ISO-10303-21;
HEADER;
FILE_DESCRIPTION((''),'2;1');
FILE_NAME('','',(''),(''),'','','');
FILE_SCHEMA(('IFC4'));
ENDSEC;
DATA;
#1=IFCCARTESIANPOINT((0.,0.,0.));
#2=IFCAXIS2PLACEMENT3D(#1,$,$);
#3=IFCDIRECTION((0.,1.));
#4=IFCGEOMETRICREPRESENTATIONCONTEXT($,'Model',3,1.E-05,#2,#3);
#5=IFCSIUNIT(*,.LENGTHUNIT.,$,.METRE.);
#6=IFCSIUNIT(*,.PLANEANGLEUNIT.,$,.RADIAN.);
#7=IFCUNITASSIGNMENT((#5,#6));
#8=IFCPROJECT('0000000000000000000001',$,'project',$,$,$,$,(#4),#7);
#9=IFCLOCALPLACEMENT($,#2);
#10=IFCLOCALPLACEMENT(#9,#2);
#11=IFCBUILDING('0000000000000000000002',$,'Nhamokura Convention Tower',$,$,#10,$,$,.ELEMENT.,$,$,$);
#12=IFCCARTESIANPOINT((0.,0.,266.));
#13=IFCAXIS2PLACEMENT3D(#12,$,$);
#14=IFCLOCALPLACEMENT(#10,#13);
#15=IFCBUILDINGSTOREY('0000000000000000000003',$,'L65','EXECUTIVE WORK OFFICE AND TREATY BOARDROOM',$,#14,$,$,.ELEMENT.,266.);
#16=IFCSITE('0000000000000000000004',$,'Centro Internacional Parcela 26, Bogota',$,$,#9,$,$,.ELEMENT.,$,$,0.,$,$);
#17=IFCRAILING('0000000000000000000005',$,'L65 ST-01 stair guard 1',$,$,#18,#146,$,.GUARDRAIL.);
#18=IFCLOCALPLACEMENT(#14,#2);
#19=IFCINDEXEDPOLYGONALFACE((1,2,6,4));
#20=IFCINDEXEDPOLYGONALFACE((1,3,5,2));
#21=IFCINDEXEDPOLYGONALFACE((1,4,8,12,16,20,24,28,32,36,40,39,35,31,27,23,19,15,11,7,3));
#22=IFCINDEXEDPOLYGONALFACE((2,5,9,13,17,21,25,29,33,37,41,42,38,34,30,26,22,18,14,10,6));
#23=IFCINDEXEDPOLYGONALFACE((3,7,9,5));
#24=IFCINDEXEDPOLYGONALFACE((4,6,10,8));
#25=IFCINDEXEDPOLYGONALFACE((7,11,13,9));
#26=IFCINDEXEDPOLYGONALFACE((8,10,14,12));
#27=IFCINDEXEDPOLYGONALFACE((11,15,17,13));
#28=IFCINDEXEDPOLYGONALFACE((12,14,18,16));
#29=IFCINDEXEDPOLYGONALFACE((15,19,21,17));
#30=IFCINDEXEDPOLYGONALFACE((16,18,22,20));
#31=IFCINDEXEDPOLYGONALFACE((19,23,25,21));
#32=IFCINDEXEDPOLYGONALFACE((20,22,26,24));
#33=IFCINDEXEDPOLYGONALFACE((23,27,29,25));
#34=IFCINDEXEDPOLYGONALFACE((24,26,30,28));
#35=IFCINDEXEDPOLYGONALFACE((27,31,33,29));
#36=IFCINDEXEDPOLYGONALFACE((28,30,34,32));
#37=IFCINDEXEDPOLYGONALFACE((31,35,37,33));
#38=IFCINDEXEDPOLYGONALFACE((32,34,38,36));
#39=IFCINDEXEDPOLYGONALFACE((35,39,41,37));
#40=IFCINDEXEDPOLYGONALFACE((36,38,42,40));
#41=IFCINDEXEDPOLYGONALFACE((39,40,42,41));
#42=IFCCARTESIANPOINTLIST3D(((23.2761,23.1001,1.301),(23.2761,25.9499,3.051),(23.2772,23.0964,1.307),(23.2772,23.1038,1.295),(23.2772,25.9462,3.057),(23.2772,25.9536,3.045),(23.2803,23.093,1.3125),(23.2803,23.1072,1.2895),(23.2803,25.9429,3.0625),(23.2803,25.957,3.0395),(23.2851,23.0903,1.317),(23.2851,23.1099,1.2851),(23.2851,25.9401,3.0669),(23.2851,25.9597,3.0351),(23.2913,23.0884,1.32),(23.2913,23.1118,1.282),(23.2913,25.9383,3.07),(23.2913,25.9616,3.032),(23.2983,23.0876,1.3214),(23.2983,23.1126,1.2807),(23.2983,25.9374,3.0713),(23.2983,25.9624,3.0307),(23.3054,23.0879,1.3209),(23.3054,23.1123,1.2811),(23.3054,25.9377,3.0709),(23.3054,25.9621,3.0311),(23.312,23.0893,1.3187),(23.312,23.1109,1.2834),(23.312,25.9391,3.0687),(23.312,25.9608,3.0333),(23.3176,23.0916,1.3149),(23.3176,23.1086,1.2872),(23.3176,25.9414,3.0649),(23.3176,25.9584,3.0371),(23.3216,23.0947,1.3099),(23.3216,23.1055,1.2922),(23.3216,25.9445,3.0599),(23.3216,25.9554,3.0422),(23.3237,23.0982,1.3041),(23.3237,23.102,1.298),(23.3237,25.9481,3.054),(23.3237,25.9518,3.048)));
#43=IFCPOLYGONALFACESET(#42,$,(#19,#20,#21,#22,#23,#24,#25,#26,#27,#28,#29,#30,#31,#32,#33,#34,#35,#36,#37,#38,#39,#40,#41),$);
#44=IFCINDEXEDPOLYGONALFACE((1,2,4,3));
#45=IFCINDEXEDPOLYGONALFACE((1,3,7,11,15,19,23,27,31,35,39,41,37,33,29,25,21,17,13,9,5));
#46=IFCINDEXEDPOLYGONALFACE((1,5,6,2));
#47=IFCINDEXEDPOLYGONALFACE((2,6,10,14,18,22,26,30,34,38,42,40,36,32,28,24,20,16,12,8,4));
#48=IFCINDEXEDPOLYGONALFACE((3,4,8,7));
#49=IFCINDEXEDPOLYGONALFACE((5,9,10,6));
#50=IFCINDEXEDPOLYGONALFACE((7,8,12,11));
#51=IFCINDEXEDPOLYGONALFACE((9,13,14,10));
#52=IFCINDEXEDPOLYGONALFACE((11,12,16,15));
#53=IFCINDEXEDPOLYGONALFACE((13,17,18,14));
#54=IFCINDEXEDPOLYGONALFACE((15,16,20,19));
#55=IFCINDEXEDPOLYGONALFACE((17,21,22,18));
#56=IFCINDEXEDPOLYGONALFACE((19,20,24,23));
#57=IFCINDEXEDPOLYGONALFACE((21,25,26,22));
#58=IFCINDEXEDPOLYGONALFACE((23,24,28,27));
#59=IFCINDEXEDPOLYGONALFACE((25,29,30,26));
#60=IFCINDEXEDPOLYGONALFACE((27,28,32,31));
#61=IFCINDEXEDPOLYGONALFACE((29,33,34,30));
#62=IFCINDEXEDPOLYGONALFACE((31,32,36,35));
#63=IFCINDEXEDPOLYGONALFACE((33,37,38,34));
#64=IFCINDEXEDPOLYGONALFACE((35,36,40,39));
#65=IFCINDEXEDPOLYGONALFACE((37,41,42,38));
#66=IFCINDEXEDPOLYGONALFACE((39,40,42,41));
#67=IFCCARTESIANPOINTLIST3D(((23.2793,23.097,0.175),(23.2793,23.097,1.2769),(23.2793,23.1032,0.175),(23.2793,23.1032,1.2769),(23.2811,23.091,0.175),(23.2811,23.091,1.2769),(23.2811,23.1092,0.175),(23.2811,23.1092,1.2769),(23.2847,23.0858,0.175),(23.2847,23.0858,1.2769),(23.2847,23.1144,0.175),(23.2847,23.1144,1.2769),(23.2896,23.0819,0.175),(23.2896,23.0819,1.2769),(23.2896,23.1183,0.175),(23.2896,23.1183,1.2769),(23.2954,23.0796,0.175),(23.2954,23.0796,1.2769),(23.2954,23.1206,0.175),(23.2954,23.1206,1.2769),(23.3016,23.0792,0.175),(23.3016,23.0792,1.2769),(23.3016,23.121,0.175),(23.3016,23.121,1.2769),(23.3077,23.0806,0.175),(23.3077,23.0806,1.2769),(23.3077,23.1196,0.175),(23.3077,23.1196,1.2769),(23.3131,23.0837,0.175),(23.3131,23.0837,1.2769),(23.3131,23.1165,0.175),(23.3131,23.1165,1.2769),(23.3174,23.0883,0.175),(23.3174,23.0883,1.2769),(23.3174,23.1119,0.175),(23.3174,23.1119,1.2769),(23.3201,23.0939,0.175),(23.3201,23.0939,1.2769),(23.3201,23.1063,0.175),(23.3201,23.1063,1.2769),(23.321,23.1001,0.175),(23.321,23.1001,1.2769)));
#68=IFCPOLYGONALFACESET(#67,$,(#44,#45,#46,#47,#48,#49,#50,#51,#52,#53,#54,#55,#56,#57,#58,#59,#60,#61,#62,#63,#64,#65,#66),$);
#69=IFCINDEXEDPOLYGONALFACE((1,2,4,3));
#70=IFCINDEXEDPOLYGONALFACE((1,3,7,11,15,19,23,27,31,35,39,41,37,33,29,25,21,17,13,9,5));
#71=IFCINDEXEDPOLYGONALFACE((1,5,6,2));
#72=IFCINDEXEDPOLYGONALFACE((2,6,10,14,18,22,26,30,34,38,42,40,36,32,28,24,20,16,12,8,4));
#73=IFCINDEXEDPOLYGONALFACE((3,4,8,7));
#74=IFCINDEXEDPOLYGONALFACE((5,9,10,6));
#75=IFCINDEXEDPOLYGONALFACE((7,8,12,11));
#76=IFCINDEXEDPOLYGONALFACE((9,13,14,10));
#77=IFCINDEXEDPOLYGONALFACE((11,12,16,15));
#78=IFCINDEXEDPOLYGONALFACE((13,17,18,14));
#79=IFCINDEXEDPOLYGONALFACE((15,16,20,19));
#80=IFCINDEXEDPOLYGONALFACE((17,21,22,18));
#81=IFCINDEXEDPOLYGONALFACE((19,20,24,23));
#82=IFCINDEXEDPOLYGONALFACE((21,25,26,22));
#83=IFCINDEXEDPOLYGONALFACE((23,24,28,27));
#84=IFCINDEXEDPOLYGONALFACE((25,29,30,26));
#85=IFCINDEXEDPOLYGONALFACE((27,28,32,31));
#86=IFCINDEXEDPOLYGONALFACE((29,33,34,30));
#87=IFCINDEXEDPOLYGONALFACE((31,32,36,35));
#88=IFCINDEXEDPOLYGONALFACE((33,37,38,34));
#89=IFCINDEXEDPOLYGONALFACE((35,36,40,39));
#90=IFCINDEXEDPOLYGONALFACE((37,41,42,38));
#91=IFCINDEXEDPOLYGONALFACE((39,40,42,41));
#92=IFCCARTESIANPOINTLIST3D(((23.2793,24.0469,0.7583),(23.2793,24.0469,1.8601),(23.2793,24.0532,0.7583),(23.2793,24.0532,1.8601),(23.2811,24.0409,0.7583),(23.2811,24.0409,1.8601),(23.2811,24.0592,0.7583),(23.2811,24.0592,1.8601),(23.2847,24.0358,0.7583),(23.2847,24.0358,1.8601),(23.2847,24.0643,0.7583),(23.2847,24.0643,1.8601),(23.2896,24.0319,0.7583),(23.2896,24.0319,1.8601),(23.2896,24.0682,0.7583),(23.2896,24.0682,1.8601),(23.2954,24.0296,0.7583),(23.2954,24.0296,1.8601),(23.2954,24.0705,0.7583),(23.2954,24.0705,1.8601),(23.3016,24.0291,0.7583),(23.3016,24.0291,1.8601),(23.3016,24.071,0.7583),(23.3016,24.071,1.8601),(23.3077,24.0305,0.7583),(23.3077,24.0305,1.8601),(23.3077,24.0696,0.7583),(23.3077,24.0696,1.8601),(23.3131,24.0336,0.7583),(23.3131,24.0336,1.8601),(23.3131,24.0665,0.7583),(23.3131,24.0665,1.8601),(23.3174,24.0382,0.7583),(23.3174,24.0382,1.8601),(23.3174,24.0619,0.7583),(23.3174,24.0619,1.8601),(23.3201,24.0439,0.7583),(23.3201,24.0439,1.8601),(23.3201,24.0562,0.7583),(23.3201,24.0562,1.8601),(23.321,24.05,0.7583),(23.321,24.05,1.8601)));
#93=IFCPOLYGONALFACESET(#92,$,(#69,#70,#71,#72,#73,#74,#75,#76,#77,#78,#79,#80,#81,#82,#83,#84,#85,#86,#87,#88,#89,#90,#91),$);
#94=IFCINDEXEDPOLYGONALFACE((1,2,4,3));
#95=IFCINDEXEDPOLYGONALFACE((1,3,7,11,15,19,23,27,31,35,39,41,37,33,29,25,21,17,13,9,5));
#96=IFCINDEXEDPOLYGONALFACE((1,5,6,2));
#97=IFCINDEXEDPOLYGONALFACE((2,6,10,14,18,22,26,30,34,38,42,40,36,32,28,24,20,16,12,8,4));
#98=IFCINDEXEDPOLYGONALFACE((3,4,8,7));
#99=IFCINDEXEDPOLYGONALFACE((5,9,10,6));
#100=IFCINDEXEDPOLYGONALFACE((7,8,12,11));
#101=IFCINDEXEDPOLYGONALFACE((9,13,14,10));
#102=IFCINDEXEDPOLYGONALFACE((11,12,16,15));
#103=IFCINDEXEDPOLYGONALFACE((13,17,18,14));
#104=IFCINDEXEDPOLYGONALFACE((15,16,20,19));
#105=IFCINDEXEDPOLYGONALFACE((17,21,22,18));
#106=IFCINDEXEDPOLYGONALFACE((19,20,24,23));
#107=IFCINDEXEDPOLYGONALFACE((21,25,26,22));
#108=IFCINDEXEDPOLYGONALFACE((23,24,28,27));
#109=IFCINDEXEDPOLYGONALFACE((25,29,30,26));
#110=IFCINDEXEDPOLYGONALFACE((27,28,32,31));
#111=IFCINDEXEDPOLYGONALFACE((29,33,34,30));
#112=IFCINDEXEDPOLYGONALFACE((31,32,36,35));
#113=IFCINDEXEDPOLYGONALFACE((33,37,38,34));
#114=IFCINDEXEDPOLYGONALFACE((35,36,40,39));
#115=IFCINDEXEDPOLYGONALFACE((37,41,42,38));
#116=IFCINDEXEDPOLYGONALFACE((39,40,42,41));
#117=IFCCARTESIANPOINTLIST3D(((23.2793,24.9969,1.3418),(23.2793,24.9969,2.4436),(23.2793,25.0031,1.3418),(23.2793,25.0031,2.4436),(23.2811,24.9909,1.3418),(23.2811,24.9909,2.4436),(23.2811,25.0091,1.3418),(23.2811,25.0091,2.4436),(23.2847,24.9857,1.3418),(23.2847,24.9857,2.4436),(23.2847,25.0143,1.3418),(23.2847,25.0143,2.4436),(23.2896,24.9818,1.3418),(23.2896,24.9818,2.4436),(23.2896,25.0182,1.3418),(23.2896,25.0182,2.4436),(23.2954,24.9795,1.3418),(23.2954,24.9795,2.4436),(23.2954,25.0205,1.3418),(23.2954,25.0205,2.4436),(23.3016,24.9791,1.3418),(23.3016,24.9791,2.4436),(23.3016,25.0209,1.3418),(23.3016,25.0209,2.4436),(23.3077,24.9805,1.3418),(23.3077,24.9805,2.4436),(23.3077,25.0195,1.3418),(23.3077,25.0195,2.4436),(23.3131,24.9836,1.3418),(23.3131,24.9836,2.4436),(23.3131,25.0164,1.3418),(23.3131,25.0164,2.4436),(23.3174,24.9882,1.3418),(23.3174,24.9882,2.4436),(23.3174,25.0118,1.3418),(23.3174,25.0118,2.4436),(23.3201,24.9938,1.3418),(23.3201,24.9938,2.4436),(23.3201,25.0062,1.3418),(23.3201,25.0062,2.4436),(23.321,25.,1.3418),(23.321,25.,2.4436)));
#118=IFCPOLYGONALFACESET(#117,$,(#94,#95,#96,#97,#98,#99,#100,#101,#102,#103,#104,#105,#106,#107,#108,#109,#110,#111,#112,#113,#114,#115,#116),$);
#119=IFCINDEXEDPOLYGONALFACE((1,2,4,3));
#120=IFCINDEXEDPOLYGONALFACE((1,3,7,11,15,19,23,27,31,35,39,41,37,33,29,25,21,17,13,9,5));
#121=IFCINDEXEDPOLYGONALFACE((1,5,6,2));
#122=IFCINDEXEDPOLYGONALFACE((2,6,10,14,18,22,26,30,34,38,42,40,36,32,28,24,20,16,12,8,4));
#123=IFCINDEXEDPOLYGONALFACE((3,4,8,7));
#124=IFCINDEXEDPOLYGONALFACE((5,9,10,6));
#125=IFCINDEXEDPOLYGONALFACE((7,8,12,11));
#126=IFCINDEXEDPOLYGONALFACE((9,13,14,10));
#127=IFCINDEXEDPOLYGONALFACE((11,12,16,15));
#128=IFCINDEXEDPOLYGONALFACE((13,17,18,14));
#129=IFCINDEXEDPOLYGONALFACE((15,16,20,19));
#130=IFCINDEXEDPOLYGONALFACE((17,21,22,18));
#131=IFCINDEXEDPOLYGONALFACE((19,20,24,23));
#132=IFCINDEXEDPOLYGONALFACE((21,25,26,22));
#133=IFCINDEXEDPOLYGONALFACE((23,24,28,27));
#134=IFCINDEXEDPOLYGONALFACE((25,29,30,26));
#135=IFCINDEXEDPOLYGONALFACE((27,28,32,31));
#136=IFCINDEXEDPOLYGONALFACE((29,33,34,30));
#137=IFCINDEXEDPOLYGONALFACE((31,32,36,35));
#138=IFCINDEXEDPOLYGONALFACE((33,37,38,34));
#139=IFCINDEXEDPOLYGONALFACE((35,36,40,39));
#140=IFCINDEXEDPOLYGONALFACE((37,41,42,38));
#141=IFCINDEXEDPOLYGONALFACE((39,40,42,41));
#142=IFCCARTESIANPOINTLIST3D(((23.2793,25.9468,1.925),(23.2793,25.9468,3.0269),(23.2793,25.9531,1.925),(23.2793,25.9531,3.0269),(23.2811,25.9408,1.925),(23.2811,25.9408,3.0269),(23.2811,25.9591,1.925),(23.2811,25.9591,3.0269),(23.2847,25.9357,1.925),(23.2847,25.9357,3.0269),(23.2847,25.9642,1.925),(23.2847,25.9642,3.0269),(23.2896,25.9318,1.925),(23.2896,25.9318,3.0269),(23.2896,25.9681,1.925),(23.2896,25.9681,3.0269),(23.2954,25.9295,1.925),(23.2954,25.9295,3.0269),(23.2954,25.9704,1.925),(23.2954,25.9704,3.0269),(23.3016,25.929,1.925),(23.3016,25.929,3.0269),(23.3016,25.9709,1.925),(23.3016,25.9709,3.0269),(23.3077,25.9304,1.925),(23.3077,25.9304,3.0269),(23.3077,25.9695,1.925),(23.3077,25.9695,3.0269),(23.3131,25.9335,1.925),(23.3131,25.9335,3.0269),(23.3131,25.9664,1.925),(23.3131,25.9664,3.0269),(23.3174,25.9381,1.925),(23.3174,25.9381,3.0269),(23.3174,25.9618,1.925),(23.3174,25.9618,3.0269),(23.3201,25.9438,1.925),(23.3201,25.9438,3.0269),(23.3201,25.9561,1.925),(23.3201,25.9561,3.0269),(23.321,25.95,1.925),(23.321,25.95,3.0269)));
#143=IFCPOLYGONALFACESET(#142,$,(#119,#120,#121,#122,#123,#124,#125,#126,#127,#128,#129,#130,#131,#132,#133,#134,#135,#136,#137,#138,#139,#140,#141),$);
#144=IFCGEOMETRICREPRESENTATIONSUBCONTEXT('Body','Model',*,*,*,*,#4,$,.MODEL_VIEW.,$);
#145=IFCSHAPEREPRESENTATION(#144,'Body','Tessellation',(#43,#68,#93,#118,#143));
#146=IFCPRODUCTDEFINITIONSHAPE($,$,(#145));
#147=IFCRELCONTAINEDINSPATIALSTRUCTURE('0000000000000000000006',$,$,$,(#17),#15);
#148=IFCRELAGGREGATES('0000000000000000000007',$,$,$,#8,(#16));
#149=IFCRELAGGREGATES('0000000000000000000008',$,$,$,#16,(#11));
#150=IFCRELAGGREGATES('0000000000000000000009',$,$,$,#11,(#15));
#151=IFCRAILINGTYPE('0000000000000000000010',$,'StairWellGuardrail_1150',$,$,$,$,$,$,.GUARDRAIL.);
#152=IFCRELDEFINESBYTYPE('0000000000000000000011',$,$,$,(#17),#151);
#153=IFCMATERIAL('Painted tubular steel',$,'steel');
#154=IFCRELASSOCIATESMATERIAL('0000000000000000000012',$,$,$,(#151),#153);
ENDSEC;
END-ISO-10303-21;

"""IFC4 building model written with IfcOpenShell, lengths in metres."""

from ifc_helpers import new_model, si_unit, direction, frame, origin, origin_2d, place, context, subcontext, project, spatial, circle, extrude, material, type_object, element, save


model = new_model("IFC4")

# Units and contexts
model_context = context("Model", 3, precision=1e-05, world=origin(), true_north=direction((0.0, 1.0)))
body_context = subcontext(model_context, "Body", "Model", "MODEL_VIEW")
ifc_project = project(units=[si_unit("LENGTHUNIT", "METRE"), si_unit("PLANEANGLEUNIT", "RADIAN")], contexts=[model_context])

# Site, building, storey
site_placement = place(None, origin())
site = spatial("IfcSite", under=ifc_project, at=site_placement, Name="Centro Internacional Parcela 26, Bogota", CompositionType="ELEMENT", RefElevation=0.0)
building_placement = place(site_placement, origin())
building = spatial("IfcBuilding", under=site, at=building_placement, Name="Nhamokura Convention Tower", CompositionType="ELEMENT")
storey_placement = place(building_placement, frame((0.0, 0.0, 266.0)))
storey = spatial("IfcBuildingStorey", under=building, at=storey_placement, Name="L65", Description="EXECUTIVE WORK OFFICE AND TREATY BOARDROOM", CompositionType="ELEMENT", Elevation=266.0)

# Railing
ifc_material_1 = material(Name="Painted tubular steel", Category="steel")
railing_type_1 = type_object("IfcRailingType", Name="StairWellGuardrail_1150", PredefinedType="GUARDRAIL", material=ifc_material_1)
railing_1_placement = place(storey_placement, frame((23.3, 23.1001, 0.175)))
element("IfcRailing", 1, at=railing_1_placement, inside=storey, type_object=railing_type_1, Name="L65 ST-01 stair guard 1", PredefinedType="GUARDRAIL", context=body_context, shape_type="SweptSolid", body=[
    extrude(circle(Radius=0.0239, at=origin_2d()), frame((0.0, 0.0, 1.126), z_axis=(0.0, 0.852159, 0.523283), x_axis=(-1.0, 0.0, 0.0)), (0.0, 0.0, 1.0), 3.3442),
    extrude(circle(Radius=0.021, at=origin_2d()), origin(), (0.0, 0.0, 1.0), 1.1018),
    extrude(circle(Radius=0.021, at=origin_2d()), frame((0.0, 0.95, 0.5833)), (0.0, 0.0, 1.0), 1.1018),
    extrude(circle(Radius=0.021, at=origin_2d()), frame((0.0, 1.8999, 1.1667)), (0.0, 0.0, 1.0), 1.1018),
    extrude(circle(Radius=0.021, at=origin_2d()), frame((0.0, 2.8499, 1.75)), (0.0, 0.0, 1.0), 1.1018),
])

save(model, "model.ifc")
